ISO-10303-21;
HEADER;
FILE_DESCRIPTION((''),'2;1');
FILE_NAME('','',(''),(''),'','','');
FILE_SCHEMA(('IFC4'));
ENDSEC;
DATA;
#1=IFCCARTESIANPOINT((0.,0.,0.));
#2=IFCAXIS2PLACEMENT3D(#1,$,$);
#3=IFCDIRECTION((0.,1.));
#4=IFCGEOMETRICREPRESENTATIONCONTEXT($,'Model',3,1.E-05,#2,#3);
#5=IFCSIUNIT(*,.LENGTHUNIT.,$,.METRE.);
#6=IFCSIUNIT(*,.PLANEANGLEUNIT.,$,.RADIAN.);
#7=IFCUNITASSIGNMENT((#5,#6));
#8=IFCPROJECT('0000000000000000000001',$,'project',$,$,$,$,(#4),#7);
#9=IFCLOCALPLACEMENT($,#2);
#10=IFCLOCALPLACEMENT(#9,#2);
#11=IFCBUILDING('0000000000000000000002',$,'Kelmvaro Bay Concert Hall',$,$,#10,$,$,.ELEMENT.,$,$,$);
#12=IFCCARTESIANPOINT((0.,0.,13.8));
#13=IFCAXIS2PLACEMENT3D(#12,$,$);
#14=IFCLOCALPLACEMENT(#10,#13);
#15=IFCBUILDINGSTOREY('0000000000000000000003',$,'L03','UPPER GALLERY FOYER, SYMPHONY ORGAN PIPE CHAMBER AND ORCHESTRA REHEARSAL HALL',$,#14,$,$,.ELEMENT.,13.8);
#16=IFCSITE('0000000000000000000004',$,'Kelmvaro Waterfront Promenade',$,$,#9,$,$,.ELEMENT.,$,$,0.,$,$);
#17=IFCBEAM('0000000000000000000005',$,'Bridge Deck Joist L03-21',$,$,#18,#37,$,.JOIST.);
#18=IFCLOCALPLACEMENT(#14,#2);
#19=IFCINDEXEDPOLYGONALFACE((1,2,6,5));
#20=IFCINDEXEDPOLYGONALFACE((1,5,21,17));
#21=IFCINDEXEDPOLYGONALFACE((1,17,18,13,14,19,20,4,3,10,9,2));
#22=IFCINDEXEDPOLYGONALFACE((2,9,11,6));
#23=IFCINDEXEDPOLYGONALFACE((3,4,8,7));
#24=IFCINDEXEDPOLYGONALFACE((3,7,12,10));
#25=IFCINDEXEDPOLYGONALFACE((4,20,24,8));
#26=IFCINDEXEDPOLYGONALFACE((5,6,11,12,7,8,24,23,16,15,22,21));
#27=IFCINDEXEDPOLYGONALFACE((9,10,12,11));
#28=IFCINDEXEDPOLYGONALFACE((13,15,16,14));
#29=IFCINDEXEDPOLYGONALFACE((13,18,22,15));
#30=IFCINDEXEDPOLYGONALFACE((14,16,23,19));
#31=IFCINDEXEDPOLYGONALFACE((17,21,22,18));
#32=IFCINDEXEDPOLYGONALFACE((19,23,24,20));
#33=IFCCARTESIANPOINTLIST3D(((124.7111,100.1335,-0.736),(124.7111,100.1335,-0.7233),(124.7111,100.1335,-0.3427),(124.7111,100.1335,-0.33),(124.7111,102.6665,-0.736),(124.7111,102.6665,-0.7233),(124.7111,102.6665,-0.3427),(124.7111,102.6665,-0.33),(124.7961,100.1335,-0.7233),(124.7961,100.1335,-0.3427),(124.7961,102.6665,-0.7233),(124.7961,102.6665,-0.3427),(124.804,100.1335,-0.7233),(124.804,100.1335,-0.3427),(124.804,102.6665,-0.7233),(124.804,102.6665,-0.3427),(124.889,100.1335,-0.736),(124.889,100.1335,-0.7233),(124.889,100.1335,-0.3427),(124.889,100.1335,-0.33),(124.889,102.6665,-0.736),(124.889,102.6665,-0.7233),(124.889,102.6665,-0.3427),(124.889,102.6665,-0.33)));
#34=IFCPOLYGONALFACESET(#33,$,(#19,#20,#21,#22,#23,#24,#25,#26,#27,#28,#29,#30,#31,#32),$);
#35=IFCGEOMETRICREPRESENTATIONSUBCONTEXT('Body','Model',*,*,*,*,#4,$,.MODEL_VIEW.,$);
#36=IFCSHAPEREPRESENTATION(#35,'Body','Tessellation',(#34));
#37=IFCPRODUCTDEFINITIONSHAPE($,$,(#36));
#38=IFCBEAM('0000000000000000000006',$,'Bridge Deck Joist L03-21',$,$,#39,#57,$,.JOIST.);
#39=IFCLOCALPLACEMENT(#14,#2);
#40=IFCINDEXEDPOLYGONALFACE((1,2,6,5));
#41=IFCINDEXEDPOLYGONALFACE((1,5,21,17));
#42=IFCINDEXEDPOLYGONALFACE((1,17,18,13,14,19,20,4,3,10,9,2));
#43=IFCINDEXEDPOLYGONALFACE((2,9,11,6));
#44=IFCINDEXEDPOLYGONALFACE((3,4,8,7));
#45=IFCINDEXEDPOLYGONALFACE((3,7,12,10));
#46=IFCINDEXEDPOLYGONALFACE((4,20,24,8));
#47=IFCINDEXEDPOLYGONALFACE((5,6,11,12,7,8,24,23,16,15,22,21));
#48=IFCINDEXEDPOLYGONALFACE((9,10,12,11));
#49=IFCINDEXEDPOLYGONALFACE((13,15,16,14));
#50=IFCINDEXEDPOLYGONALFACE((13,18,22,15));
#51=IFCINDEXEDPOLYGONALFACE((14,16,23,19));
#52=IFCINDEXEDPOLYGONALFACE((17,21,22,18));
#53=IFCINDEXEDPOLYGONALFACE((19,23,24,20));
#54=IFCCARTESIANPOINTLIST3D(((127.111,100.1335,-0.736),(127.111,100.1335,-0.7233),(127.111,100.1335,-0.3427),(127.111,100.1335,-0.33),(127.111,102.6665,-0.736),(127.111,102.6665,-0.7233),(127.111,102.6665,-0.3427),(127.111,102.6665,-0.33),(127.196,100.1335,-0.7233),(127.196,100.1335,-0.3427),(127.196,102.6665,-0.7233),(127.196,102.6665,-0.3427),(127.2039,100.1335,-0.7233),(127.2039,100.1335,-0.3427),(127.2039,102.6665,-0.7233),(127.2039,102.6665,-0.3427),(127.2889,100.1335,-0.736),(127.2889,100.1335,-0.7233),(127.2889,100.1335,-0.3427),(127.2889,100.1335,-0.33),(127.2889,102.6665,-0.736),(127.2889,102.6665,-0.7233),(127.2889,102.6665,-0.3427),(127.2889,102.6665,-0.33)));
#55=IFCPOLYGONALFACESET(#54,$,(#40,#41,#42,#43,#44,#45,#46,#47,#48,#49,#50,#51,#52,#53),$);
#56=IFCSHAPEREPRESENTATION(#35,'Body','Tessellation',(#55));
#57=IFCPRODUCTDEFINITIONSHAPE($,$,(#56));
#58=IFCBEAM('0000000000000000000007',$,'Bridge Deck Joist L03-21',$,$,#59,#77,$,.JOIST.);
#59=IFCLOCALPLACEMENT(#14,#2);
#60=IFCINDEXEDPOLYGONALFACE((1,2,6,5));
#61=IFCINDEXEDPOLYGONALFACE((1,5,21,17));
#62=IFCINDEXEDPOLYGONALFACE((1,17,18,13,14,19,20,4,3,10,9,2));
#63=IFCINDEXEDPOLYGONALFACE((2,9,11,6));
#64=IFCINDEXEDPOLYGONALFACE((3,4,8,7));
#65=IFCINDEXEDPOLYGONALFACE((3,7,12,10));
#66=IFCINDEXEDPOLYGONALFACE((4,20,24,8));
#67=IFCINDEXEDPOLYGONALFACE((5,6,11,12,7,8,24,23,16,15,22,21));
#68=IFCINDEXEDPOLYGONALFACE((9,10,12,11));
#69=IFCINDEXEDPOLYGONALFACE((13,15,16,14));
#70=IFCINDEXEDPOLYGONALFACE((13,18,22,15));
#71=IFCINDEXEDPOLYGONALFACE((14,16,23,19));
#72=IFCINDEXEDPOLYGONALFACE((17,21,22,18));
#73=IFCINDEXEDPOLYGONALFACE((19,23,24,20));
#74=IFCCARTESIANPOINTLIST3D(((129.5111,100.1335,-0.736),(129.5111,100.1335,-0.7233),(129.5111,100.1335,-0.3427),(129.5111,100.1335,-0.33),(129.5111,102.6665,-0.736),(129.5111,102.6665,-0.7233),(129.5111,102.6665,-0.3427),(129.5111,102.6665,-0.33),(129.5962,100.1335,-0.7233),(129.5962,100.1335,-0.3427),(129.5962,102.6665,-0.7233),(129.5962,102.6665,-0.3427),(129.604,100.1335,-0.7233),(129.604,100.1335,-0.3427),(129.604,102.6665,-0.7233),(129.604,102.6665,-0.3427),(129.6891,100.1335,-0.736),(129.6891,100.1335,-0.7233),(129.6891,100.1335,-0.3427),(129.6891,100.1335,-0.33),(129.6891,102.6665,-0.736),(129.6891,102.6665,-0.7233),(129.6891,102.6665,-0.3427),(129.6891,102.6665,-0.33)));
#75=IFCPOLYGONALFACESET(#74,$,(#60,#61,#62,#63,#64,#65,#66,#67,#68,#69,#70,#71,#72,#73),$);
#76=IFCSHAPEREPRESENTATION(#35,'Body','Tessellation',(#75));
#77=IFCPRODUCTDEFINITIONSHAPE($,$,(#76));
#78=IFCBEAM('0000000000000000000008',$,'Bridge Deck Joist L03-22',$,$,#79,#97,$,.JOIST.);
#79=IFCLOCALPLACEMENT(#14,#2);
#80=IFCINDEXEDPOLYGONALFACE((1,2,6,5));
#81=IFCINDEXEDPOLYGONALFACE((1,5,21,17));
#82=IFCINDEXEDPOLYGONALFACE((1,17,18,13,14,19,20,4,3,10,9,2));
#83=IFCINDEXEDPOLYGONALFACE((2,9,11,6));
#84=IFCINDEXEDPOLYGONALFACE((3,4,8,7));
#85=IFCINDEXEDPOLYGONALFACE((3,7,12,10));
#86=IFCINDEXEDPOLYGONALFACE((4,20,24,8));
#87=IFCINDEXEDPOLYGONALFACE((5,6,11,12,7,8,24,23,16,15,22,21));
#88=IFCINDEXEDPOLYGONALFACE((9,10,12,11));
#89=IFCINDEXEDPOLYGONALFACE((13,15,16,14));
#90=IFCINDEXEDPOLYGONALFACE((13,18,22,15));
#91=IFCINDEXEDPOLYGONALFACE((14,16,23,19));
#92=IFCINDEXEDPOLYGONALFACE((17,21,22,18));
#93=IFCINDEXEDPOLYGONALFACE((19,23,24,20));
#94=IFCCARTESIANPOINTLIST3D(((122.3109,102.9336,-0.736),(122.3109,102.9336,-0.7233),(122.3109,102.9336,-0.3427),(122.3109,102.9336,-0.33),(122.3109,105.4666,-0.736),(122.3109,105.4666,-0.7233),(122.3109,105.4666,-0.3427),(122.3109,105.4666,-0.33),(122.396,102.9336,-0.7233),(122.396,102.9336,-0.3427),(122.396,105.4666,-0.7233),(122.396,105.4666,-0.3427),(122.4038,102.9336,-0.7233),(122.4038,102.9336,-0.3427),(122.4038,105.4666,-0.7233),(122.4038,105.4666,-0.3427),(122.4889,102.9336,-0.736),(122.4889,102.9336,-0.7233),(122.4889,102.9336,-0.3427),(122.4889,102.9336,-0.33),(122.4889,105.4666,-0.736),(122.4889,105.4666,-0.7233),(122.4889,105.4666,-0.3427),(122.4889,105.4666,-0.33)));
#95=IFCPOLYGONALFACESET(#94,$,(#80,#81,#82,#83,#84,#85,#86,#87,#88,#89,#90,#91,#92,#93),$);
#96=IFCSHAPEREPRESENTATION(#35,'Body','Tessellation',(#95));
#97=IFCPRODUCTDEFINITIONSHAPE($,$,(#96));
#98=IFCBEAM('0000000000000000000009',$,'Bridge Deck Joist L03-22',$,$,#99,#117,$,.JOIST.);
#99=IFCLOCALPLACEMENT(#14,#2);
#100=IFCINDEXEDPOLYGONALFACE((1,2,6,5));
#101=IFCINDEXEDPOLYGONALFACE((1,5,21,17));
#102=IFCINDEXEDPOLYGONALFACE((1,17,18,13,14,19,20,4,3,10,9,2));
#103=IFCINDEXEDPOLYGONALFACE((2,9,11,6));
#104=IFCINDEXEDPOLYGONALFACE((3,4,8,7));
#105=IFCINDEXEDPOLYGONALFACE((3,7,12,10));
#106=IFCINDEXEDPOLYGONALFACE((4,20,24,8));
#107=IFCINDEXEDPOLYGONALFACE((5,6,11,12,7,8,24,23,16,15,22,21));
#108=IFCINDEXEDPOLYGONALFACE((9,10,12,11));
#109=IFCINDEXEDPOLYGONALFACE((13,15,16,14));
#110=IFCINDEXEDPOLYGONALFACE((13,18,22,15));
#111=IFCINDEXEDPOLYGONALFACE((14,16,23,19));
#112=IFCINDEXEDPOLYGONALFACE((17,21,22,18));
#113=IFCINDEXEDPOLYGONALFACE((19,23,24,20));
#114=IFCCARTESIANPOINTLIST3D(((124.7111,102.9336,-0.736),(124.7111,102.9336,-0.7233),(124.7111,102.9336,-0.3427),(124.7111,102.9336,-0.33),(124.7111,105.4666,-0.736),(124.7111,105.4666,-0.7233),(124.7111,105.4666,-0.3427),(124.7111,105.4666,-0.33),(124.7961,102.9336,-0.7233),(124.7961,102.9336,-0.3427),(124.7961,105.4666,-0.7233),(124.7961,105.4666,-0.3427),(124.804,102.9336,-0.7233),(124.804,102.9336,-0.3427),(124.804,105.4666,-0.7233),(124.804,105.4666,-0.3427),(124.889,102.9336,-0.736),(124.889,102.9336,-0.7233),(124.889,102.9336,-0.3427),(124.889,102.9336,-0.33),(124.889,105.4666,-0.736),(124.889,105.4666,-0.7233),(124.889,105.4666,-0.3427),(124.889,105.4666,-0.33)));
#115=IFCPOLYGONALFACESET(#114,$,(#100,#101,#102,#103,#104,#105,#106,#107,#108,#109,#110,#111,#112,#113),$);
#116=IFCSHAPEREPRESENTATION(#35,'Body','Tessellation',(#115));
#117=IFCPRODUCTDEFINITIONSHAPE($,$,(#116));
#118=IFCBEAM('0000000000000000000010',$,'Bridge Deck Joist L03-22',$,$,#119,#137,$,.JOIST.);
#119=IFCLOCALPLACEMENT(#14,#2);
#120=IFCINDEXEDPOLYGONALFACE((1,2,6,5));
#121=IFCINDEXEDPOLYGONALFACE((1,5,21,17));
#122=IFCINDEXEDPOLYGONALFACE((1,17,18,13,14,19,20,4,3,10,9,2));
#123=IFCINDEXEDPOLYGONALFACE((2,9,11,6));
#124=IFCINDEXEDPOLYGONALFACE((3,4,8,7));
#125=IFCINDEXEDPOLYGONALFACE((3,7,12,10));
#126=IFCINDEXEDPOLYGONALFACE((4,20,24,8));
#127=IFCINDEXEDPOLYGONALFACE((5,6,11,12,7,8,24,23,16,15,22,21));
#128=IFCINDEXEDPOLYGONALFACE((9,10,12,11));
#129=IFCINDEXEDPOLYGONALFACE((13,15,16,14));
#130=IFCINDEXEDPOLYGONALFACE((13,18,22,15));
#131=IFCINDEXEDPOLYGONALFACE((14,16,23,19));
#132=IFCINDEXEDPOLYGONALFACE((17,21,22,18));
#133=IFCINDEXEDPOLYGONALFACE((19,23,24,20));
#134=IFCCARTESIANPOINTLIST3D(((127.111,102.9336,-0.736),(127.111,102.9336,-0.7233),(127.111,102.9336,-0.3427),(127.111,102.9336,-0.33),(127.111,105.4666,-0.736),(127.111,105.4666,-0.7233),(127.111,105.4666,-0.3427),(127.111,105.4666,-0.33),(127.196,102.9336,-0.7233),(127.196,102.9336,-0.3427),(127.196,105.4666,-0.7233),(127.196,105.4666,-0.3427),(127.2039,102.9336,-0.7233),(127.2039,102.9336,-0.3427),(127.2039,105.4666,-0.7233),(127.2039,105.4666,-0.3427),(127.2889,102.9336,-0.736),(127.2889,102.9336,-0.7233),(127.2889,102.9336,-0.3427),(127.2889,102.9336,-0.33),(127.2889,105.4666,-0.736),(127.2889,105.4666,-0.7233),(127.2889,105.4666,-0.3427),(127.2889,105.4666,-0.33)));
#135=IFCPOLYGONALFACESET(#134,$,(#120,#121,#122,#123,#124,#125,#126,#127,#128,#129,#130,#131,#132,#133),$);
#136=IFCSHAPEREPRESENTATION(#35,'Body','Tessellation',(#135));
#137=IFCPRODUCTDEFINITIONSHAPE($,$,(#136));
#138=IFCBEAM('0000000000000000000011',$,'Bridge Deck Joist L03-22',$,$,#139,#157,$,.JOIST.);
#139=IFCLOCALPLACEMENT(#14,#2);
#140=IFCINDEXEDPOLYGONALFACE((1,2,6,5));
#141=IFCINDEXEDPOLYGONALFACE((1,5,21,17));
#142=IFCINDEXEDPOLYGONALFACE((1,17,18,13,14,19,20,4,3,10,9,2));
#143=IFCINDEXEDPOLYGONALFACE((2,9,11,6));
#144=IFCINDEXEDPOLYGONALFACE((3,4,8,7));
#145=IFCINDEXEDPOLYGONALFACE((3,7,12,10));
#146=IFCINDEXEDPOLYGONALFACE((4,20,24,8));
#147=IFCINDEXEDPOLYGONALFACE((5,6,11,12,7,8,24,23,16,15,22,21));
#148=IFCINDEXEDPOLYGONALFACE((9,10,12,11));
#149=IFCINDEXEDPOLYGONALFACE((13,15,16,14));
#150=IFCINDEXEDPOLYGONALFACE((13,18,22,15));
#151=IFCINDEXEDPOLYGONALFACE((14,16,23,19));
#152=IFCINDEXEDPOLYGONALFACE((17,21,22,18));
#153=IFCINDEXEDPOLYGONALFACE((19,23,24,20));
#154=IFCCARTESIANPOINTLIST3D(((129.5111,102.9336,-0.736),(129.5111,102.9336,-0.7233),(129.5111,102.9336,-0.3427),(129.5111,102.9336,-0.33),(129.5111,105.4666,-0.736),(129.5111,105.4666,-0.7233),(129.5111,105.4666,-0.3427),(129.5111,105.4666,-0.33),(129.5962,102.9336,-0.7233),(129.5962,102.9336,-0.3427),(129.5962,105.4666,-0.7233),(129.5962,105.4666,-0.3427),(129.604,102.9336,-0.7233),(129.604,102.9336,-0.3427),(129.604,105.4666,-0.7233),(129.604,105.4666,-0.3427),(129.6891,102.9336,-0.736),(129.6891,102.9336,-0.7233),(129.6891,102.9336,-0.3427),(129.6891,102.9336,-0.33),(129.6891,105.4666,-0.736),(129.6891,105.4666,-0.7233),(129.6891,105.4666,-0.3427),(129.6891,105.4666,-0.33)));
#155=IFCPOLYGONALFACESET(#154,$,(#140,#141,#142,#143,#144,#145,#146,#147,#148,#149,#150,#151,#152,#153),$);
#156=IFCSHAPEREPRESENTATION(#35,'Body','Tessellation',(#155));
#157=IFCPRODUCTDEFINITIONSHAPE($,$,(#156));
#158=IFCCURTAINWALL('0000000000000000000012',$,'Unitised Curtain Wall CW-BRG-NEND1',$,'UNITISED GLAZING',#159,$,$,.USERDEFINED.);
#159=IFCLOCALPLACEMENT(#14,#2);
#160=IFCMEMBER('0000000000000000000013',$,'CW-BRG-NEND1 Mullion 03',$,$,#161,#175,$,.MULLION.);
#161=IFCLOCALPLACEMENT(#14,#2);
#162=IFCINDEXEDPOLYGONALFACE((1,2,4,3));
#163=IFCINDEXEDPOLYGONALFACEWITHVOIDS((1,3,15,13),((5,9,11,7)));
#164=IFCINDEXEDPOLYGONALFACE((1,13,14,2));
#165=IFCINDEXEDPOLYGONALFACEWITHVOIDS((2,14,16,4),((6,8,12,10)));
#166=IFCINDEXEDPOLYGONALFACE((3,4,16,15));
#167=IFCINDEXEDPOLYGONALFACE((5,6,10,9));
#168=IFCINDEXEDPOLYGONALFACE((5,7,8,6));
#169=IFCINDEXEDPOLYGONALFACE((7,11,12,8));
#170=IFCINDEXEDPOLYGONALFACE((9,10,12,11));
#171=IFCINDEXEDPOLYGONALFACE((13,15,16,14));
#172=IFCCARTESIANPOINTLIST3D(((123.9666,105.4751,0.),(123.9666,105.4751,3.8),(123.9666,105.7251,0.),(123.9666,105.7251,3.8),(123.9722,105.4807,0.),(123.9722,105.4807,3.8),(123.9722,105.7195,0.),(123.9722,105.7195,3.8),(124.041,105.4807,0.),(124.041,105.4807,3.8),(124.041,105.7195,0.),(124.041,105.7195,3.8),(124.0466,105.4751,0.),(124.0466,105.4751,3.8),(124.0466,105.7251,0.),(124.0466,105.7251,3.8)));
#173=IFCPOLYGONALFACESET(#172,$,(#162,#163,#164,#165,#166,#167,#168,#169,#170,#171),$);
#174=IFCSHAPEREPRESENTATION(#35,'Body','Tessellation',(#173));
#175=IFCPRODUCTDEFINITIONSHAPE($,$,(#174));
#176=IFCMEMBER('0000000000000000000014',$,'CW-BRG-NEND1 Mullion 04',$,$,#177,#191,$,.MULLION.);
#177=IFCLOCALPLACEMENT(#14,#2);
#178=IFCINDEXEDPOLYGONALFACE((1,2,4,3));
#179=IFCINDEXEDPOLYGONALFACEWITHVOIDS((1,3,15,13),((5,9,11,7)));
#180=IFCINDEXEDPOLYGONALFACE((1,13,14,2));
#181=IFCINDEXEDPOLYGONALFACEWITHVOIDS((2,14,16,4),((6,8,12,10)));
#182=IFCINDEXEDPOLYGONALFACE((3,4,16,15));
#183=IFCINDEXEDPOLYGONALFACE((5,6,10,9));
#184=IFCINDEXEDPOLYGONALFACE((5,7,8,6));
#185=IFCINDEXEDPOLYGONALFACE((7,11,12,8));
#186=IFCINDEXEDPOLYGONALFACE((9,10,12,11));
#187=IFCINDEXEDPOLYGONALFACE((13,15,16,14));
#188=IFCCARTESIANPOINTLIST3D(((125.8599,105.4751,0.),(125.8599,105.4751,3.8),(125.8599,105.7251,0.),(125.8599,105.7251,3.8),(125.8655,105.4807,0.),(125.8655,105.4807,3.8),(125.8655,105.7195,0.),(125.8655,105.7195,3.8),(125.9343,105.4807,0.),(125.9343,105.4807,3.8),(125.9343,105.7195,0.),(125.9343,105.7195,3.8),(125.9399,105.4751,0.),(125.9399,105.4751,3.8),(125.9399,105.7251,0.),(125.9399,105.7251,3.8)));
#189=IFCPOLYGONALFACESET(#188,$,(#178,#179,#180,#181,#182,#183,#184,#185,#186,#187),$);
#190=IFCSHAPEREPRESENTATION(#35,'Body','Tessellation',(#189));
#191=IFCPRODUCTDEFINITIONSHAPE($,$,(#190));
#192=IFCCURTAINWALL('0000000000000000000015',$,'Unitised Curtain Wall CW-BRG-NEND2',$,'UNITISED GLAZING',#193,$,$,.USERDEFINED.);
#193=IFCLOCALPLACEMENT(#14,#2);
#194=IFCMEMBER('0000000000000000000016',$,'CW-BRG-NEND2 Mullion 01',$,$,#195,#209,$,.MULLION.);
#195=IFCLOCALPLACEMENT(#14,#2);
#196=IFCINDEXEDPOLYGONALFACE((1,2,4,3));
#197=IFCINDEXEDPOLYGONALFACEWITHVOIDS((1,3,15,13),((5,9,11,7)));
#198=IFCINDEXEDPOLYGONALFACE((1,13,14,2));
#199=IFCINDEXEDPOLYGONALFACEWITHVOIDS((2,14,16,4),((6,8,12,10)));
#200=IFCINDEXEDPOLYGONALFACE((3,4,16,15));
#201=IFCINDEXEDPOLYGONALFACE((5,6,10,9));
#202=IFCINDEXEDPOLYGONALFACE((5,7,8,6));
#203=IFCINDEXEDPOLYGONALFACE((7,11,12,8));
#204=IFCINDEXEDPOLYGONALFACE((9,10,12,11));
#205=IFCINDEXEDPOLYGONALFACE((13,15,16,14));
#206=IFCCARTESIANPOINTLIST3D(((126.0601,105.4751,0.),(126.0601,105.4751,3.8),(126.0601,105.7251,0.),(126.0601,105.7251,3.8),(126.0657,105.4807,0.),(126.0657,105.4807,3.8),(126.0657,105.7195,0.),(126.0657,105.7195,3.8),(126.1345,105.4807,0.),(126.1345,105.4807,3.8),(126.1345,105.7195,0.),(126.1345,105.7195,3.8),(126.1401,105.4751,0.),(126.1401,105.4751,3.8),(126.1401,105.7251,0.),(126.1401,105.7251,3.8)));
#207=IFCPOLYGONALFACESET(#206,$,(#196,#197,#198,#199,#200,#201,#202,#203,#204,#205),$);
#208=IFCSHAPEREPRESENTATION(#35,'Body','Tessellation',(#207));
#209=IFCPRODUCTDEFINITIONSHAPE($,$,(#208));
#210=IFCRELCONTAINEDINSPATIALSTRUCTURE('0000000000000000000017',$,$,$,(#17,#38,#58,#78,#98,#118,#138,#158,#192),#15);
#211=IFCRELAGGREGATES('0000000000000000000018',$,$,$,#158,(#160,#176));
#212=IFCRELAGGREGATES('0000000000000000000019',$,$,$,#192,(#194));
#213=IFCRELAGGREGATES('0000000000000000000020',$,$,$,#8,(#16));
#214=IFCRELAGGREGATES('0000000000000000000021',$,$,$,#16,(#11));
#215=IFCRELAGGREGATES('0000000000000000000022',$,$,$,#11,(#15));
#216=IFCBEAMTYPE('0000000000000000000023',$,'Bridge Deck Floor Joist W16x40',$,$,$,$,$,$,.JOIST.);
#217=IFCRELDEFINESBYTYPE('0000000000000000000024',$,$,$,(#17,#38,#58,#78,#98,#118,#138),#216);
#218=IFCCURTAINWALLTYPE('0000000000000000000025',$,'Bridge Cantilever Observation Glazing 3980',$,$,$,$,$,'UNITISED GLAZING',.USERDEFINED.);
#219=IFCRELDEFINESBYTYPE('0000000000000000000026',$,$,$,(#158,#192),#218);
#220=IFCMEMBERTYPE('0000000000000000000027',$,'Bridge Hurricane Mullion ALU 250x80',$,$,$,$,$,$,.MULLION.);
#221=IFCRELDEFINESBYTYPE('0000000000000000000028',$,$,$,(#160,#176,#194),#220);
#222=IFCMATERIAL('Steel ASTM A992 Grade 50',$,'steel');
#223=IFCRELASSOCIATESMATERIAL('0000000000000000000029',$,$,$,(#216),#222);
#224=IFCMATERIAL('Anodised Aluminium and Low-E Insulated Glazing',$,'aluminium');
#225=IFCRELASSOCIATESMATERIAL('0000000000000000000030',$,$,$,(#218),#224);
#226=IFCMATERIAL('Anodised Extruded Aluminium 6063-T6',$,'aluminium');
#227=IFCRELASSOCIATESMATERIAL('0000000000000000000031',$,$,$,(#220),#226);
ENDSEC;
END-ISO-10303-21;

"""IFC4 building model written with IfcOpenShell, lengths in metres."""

from ifc_helpers import new_model, si_unit, direction, frame, origin, origin_2d, place, context, subcontext, project, spatial, hollow_rectangle, i_section, extrude, material, material_profile, profile_set, type_object, element, aggregate, save


model = new_model("IFC4")

# Units and contexts
model_context = context("Model", 3, precision=1e-05, world=origin(), true_north=direction((0.0, 1.0)))
body_context = subcontext(model_context, "Body", "Model", "MODEL_VIEW")
ifc_project = project(units=[si_unit("LENGTHUNIT", "METRE"), si_unit("PLANEANGLEUNIT", "RADIAN")], contexts=[model_context])

# Site, building, storey
site_placement = place(None, origin())
site = spatial("IfcSite", under=ifc_project, at=site_placement, Name="Kelmvaro Waterfront Promenade", CompositionType="ELEMENT", RefElevation=0.0)
building_placement = place(site_placement, origin())
building = spatial("IfcBuilding", under=site, at=building_placement, Name="Kelmvaro Bay Concert Hall", CompositionType="ELEMENT")
storey_placement = place(building_placement, frame((0.0, 0.0, 13.8)))
storey = spatial("IfcBuildingStorey", under=building, at=storey_placement, Name="L03", Description="UPPER GALLERY FOYER, SYMPHONY ORGAN PIPE CHAMBER AND ORCHESTRA REHEARSAL HALL", CompositionType="ELEMENT", Elevation=13.8)

# Beams
ifc_material_1 = material(Name="Steel ASTM A992 Grade 50", Category="steel")
ifc_material_profile_1 = material_profile(ifc_material_1, i_section(OverallWidth=0.178, OverallDepth=0.406, WebThickness=0.0078, FlangeThickness=0.0127, at=origin_2d()), Name="W16X40")
ifc_profile_set_1 = profile_set([ifc_material_profile_1], Name="Steel ASTM A992 Grade 50")
beam_type = type_object("IfcBeamType", Name="Bridge Deck Floor Joist W16x40", PredefinedType="JOIST", material=ifc_profile_set_1)
for number, where, z_axis, x_axis, name in (
    (1, (124.8, 100.1335, -0.533), (0.0, 1.0, 0.0), (-1.0, 0.0, 0.0), "Bridge Deck Joist L03-21"),
    (2, (127.2, 100.1335, -0.533), (0.0, 1.0, 0.0), (-1.0, 0.0, 0.0), "Bridge Deck Joist L03-21"),
    (3, (129.6001, 100.1335, -0.533), (0.0, 1.0, 0.0), (-1.0, 0.0, 0.0), "Bridge Deck Joist L03-21"),
    (4, (122.3999, 102.9336, -0.533), (0.0, 1.0, 0.0), (-1.0, 0.0, 0.0), "Bridge Deck Joist L03-22"),
    (5, (124.8, 102.9336, -0.533), (0.0, 1.0, 0.0), (-1.0, 0.0, 0.0), "Bridge Deck Joist L03-22"),
    (6, (127.2, 102.9336, -0.533), (0.0, 1.0, 0.0), (-1.0, 0.0, 0.0), "Bridge Deck Joist L03-22"),
    (7, (129.6001, 102.9336, -0.533), (0.0, 1.0, 0.0), (-1.0, 0.0, 0.0), "Bridge Deck Joist L03-22"),
):
    element("IfcBeam", number, at=place(storey_placement, frame(where, z_axis=z_axis, x_axis=x_axis)), inside=storey, type_object=beam_type, Name=name, PredefinedType="JOIST", context=body_context, shape_type="SweptSolid", body=[
        extrude(i_section(OverallWidth=0.178, OverallDepth=0.406, WebThickness=0.0078, FlangeThickness=0.0127, at=origin_2d()), origin(), (0.0, 0.0, 1.0), 2.533),
    ])

# Curtain walls, members
ifc_material_2 = material(Name="Anodised Aluminium and Low-E Insulated Glazing", Category="aluminium")
curtain_wall_type = type_object("IfcCurtainWallType", Name="Bridge Cantilever Observation Glazing 3980", ElementType="UNITISED GLAZING", PredefinedType="USERDEFINED", material=ifc_material_2)
curtain_wall_1_placement = place(storey_placement, origin())
curtain_wall_1 = element("IfcCurtainWall", 8, at=curtain_wall_1_placement, inside=storey, type_object=curtain_wall_type, Name="Unitised Curtain Wall CW-BRG-NEND1", ObjectType="UNITISED GLAZING", PredefinedType="USERDEFINED")
ifc_material_3 = material(Name="Anodised Extruded Aluminium 6063-T6", Category="aluminium")
ifc_material_profile_2 = material_profile(ifc_material_3, hollow_rectangle(XDim=0.0801, YDim=0.25, WallThickness=0.0056, at=origin_2d()), Name="ALU-MUL-250X80")
ifc_profile_set_2 = profile_set([ifc_material_profile_2], Name="Anodised Extruded Aluminium 6063-T6")
member_type_1 = type_object("IfcMemberType", Name="Bridge Hurricane Mullion ALU 250x80", PredefinedType="MULLION", material=ifc_profile_set_2)
member_1_placement = place(storey_placement, frame((124.0066, 105.6001, 0.0), z_axis=(0.0, 0.0, 1.0), x_axis=(1.0, 0.0, 0.0)))
member_1 = element("IfcMember", 9, at=member_1_placement, type_object=member_type_1, Name="CW-BRG-NEND1 Mullion 03", PredefinedType="MULLION", context=body_context, shape_type="SweptSolid", body=[
    extrude(hollow_rectangle(XDim=0.0801, YDim=0.25, WallThickness=0.0056, at=origin_2d()), origin(), (0.0, 0.0, 1.0), 3.8),
])
member_2_placement = place(storey_placement, frame((125.8999, 105.6001, 0.0), z_axis=(0.0, 0.0, 1.0), x_axis=(1.0, 0.0, 0.0)))
member_2 = element("IfcMember", 10, at=member_2_placement, type_object=member_type_1, Name="CW-BRG-NEND1 Mullion 04", PredefinedType="MULLION", context=body_context, shape_type="SweptSolid", body=[
    extrude(hollow_rectangle(XDim=0.0801, YDim=0.25, WallThickness=0.0056, at=origin_2d()), origin(), (0.0, 0.0, 1.0), 3.8),
])
curtain_wall_2_placement = place(storey_placement, origin())
curtain_wall_2 = element("IfcCurtainWall", 11, at=curtain_wall_2_placement, inside=storey, type_object=curtain_wall_type, Name="Unitised Curtain Wall CW-BRG-NEND2", ObjectType="UNITISED GLAZING", PredefinedType="USERDEFINED")
member_3_placement = place(storey_placement, frame((126.1001, 105.6001, 0.0), z_axis=(0.0, 0.0, 1.0), x_axis=(1.0, 0.0, 0.0)))
member_3 = element("IfcMember", 12, at=member_3_placement, type_object=member_type_1, Name="CW-BRG-NEND2 Mullion 01", PredefinedType="MULLION", context=body_context, shape_type="SweptSolid", body=[
    extrude(hollow_rectangle(XDim=0.0801, YDim=0.25, WallThickness=0.0056, at=origin_2d()), origin(), (0.0, 0.0, 1.0), 3.8),
])

aggregate(curtain_wall_1, [member_1, member_2])
aggregate(curtain_wall_2, [member_3])

save(model, "model.ifc")
